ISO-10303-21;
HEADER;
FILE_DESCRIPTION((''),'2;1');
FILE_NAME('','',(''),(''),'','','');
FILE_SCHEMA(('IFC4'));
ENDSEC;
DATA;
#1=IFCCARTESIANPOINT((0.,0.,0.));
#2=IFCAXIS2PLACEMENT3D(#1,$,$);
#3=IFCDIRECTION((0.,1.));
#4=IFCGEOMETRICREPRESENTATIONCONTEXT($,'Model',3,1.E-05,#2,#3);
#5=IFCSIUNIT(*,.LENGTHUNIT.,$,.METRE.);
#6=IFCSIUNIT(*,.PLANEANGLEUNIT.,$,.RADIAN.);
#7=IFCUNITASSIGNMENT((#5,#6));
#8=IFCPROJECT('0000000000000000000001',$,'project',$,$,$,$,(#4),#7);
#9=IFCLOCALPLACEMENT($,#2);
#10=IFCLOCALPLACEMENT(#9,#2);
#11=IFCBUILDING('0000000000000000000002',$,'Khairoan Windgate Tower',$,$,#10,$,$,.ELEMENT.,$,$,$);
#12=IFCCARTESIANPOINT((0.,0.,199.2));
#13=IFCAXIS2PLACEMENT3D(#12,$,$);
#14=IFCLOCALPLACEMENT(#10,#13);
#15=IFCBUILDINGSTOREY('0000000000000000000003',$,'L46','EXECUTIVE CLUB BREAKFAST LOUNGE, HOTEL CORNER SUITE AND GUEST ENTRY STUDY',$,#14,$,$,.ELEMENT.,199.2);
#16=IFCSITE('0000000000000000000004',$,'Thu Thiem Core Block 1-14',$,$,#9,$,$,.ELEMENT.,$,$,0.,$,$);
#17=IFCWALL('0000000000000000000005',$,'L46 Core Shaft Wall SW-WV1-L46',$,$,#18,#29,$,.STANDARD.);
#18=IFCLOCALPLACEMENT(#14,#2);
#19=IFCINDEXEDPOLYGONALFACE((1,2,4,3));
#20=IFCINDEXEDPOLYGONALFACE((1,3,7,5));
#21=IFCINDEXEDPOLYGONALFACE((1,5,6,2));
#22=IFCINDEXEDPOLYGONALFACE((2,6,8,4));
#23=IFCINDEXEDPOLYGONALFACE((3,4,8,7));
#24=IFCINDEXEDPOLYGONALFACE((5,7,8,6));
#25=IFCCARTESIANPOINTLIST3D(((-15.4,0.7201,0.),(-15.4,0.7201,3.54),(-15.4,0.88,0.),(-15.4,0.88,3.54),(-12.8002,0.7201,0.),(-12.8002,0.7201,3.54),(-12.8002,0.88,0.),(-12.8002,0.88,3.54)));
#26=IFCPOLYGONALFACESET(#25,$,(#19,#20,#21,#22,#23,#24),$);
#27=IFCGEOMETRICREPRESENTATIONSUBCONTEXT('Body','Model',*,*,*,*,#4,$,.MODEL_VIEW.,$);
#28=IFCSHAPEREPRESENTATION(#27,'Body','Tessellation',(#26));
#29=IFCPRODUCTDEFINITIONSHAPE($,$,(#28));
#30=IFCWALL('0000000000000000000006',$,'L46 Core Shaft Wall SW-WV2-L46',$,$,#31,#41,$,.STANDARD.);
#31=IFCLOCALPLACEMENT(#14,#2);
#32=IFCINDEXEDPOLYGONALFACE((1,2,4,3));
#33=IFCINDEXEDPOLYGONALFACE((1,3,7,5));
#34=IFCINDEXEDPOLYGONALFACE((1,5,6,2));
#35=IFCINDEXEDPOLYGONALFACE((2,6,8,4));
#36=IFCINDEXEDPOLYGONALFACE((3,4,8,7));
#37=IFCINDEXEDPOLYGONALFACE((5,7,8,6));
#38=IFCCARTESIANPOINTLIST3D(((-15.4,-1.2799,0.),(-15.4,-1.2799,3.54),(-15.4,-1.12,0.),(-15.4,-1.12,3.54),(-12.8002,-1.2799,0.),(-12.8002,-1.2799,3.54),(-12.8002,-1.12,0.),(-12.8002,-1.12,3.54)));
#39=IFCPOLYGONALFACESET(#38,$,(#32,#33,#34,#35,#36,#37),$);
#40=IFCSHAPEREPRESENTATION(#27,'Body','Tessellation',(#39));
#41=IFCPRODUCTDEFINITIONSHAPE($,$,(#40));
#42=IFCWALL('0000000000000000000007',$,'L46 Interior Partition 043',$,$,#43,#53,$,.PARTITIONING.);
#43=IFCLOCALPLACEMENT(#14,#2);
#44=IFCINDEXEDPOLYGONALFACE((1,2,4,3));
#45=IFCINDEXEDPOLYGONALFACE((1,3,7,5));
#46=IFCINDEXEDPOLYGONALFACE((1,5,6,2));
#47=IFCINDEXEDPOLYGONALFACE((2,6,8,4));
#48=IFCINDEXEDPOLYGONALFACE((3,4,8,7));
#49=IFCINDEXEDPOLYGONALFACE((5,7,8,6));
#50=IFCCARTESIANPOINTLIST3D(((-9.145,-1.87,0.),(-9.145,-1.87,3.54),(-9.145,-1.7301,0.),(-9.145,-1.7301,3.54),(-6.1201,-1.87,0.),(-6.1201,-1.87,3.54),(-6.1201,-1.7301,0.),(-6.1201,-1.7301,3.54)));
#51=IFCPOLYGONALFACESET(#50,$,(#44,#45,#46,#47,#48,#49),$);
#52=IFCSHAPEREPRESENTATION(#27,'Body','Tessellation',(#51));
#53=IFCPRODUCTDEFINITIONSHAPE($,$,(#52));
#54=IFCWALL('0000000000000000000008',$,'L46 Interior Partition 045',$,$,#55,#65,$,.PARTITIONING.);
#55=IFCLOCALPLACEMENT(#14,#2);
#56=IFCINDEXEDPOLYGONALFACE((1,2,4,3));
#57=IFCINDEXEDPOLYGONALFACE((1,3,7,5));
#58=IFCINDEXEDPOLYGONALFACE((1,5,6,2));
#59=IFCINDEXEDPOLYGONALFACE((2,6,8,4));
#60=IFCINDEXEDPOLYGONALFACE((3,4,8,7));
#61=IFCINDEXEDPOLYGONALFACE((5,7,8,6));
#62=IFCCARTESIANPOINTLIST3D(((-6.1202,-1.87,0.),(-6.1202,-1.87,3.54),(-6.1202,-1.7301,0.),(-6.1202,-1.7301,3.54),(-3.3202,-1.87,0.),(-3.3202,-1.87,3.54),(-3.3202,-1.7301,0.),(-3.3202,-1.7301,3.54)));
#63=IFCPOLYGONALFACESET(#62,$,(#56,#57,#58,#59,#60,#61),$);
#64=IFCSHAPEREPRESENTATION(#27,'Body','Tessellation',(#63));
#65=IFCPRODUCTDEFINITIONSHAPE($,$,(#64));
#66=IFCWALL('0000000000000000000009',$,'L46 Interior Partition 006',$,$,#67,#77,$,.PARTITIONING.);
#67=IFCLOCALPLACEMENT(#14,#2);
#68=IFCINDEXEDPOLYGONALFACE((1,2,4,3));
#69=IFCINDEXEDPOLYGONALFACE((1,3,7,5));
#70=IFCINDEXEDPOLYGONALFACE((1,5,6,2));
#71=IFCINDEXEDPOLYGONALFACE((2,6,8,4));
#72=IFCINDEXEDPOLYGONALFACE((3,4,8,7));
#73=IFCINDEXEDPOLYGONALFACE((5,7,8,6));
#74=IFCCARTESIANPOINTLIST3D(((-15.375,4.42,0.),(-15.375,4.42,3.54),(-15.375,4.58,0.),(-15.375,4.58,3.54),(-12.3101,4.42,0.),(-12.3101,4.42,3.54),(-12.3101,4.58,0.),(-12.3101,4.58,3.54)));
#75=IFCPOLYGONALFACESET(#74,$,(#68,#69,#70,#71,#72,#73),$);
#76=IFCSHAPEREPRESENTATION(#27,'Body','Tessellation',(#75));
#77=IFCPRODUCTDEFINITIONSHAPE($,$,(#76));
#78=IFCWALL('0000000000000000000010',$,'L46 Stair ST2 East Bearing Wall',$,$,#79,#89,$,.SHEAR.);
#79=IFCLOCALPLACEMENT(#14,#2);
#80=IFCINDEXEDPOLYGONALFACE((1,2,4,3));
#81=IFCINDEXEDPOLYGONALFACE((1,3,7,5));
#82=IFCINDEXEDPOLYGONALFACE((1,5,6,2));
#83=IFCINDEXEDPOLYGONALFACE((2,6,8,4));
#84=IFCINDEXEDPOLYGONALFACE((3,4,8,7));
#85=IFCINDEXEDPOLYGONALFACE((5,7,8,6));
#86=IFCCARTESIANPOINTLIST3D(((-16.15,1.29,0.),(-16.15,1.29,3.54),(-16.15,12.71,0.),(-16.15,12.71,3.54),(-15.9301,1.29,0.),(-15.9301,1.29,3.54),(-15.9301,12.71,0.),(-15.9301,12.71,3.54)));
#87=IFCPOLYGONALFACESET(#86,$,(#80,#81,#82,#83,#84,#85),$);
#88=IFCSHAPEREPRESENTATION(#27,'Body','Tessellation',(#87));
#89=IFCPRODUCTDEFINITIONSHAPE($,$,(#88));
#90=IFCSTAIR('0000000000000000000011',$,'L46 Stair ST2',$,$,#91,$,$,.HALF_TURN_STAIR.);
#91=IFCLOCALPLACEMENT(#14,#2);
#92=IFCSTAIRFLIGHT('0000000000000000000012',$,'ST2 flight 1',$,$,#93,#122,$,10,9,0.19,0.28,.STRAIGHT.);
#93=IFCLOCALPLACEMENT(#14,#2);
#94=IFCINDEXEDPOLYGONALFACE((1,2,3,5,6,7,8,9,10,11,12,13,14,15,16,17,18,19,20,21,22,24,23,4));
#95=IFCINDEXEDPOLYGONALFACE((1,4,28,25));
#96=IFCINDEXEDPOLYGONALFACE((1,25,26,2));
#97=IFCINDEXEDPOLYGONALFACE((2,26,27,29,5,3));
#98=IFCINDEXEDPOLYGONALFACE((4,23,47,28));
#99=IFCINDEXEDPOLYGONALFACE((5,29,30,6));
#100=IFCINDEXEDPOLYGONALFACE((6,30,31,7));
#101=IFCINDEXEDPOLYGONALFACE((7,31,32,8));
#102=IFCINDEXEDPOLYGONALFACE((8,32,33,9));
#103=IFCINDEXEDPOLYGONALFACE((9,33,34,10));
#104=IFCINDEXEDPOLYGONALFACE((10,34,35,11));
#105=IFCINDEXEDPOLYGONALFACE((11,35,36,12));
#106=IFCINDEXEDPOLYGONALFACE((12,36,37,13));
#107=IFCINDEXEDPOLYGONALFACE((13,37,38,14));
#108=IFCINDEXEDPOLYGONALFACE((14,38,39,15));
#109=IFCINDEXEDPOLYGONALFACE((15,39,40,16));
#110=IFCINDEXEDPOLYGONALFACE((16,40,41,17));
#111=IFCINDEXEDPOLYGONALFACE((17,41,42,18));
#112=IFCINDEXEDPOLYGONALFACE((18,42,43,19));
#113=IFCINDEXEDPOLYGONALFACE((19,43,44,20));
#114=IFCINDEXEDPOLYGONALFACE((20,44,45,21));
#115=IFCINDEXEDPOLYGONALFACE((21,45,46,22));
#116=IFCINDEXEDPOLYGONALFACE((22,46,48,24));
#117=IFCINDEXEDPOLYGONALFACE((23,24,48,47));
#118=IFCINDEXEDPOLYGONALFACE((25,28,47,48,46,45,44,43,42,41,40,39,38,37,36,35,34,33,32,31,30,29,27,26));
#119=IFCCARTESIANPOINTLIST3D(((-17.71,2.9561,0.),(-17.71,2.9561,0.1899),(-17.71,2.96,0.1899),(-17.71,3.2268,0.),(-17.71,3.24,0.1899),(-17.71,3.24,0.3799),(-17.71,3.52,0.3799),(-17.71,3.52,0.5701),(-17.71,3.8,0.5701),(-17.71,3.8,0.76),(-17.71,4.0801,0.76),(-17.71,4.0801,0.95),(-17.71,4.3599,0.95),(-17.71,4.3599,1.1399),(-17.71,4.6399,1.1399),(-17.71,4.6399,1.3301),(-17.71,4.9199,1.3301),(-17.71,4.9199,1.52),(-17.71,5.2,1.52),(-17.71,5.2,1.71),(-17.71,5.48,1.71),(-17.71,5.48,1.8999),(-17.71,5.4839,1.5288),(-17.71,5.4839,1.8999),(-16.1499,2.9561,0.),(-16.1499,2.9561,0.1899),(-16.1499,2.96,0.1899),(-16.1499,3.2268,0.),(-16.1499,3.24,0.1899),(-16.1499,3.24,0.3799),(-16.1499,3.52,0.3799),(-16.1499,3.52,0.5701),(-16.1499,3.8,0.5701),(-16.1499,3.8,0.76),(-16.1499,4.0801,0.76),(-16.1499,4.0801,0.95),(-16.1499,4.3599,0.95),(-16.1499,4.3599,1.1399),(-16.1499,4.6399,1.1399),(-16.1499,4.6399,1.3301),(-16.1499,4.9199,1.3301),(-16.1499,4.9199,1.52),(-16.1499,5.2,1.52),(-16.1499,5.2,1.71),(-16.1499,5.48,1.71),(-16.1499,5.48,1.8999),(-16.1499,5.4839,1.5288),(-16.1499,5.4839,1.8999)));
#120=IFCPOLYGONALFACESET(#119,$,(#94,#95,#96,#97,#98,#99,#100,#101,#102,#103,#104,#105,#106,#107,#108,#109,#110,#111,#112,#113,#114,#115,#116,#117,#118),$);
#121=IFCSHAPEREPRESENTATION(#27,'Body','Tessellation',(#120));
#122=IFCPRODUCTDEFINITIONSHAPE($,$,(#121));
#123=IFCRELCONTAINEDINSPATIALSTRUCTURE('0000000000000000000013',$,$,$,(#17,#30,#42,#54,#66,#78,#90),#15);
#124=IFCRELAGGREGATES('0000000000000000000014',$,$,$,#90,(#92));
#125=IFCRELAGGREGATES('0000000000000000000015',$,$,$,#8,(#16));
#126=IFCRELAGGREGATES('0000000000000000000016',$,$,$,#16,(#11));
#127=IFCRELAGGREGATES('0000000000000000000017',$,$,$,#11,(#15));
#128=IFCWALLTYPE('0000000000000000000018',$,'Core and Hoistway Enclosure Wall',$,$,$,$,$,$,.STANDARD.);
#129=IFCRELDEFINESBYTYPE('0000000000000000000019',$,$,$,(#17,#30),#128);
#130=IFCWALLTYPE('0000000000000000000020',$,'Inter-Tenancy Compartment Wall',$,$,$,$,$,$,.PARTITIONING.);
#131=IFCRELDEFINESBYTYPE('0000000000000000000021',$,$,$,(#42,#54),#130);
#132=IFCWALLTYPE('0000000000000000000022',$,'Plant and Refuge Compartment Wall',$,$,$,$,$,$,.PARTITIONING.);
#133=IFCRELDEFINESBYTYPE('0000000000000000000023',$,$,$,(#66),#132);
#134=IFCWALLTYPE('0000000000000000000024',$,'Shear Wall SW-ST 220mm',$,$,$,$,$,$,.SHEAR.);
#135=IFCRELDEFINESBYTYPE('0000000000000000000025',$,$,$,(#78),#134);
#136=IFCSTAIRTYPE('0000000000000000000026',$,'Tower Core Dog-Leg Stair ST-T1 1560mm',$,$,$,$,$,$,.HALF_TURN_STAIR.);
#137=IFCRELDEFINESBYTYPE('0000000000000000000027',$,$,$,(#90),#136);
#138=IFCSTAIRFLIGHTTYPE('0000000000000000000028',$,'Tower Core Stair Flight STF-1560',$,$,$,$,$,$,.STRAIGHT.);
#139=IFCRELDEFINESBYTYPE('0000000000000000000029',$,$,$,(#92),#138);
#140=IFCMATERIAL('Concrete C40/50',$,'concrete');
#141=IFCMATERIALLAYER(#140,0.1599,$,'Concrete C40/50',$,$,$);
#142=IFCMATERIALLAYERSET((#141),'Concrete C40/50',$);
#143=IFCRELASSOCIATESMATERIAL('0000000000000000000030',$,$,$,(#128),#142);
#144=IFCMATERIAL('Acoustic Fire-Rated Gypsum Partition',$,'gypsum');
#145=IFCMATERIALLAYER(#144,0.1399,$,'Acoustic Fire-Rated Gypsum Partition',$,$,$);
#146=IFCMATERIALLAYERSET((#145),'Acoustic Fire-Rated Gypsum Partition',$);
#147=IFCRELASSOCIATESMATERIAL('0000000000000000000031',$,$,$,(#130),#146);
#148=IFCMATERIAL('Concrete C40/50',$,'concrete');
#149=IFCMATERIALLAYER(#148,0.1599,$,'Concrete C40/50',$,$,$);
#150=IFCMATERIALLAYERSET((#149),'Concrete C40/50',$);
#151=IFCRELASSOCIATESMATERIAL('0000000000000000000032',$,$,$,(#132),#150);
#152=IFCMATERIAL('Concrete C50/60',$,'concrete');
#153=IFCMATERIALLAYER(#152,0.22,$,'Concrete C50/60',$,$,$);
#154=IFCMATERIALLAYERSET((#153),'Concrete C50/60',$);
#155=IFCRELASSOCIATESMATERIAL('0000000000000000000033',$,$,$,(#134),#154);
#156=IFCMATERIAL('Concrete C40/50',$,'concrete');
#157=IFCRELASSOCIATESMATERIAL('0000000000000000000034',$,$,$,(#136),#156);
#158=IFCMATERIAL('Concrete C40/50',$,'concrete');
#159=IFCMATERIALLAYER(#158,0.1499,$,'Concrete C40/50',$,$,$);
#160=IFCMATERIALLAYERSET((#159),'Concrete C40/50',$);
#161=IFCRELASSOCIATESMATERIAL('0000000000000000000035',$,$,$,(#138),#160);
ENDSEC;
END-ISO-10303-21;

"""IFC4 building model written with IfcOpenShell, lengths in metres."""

from ifc_helpers import new_model, si_unit, direction, frame, frame_2d, origin, place, context, subcontext, project, spatial, polyline, rectangle, outline, extrude, material, layer, layer_set, type_object, element, aggregate, save


model = new_model("IFC4")

# Units and contexts
model_context = context("Model", 3, precision=1e-05, world=origin(), true_north=direction((0.0, 1.0)))
body_context = subcontext(model_context, "Body", "Model", "MODEL_VIEW")
ifc_project = project(units=[si_unit("LENGTHUNIT", "METRE"), si_unit("PLANEANGLEUNIT", "RADIAN")], contexts=[model_context])

# Site, building, storey
site_placement = place(None, origin())
site = spatial("IfcSite", under=ifc_project, at=site_placement, Name="Thu Thiem Core Block 1-14", CompositionType="ELEMENT", RefElevation=0.0)
building_placement = place(site_placement, origin())
building = spatial("IfcBuilding", under=site, at=building_placement, Name="Khairoan Windgate Tower", CompositionType="ELEMENT")
storey_placement = place(building_placement, frame((0.0, 0.0, 199.2)))
storey = spatial("IfcBuildingStorey", under=building, at=storey_placement, Name="L46", Description="EXECUTIVE CLUB BREAKFAST LOUNGE, HOTEL CORNER SUITE AND GUEST ENTRY STUDY", CompositionType="ELEMENT", Elevation=199.2)

# Walls
ifc_material_1 = material(Name="Concrete C40/50", Category="concrete")
ifc_layer_1 = layer(ifc_material_1, 0.1599, Name="Concrete C40/50")
ifc_layer_set_1 = layer_set([ifc_layer_1], Name="Concrete C40/50")
wall_type_1 = type_object("IfcWallType", Name="Core and Hoistway Enclosure Wall", PredefinedType="STANDARD", material=ifc_layer_set_1)
for number, where, z_axis, x_axis, name in (
    (1, (-15.3999, 0.8, 0.0), (0.0, 0.0, 1.0), (1.0, 0.0, 0.0), "L46 Core Shaft Wall SW-WV1-L46"),
    (2, (-15.3999, -1.2, 0.0), (0.0, 0.0, 1.0), (1.0, 0.0, 0.0), "L46 Core Shaft Wall SW-WV2-L46"),
):
    element("IfcWall", number, at=place(storey_placement, frame(where, z_axis=z_axis, x_axis=x_axis)), inside=storey, type_object=wall_type_1, Name=name, PredefinedType="STANDARD", context=body_context, shape_type="SweptSolid", body=[
        extrude(rectangle(XDim=2.5999, YDim=0.1599, at=frame_2d((1.2998, 0.0))), origin(), (0.0, 0.0, 1.0), 3.54),
    ])
ifc_material_2 = material(Name="Acoustic Fire-Rated Gypsum Partition", Category="gypsum")
ifc_layer_2 = layer(ifc_material_2, 0.1399, Name="Acoustic Fire-Rated Gypsum Partition")
ifc_layer_set_2 = layer_set([ifc_layer_2], Name="Acoustic Fire-Rated Gypsum Partition")
wall_type_2 = type_object("IfcWallType", Name="Inter-Tenancy Compartment Wall", PredefinedType="PARTITIONING", material=ifc_layer_set_2)
wall_1_placement = place(storey_placement, frame((-9.145, -1.8, 0.0), z_axis=(0.0, 0.0, 1.0), x_axis=(1.0, 0.0, 0.0)))
element("IfcWall", 3, at=wall_1_placement, inside=storey, type_object=wall_type_2, Name="L46 Interior Partition 043", PredefinedType="PARTITIONING", context=body_context, shape_type="SweptSolid", body=[
    extrude(rectangle(XDim=3.0249, YDim=0.1399, at=frame_2d((1.5125, 0.0))), origin(), (0.0, 0.0, 1.0), 3.54),
])
wall_2_placement = place(storey_placement, frame((-6.1201, -1.8, 0.0), z_axis=(0.0, 0.0, 1.0), x_axis=(1.0, 0.0, 0.0)))
element("IfcWall", 4, at=wall_2_placement, inside=storey, type_object=wall_type_2, Name="L46 Interior Partition 045", PredefinedType="PARTITIONING", context=body_context, shape_type="SweptSolid", body=[
    extrude(rectangle(XDim=2.8, YDim=0.1399, at=frame_2d((1.3999, 0.0))), origin(), (0.0, 0.0, 1.0), 3.54),
])
ifc_material_3 = material(Name="Concrete C40/50", Category="concrete")
ifc_layer_3 = layer(ifc_material_3, 0.1599, Name="Concrete C40/50")
ifc_layer_set_3 = layer_set([ifc_layer_3], Name="Concrete C40/50")
wall_type_3 = type_object("IfcWallType", Name="Plant and Refuge Compartment Wall", PredefinedType="PARTITIONING", material=ifc_layer_set_3)
wall_3_placement = place(storey_placement, frame((-15.375, 4.5, 0.0), z_axis=(0.0, 0.0, 1.0), x_axis=(1.0, 0.0, 0.0)))
element("IfcWall", 5, at=wall_3_placement, inside=storey, type_object=wall_type_3, Name="L46 Interior Partition 006", PredefinedType="PARTITIONING", context=body_context, shape_type="SweptSolid", body=[
    extrude(rectangle(XDim=3.0649, YDim=0.1599, at=frame_2d((1.5325, 0.0))), origin(), (0.0, 0.0, 1.0), 3.54),
])
ifc_material_4 = material(Name="Concrete C50/60", Category="concrete")
ifc_layer_4 = layer(ifc_material_4, 0.22, Name="Concrete C50/60")
ifc_layer_set_4 = layer_set([ifc_layer_4], Name="Concrete C50/60")
wall_type_4 = type_object("IfcWallType", Name="Shear Wall SW-ST 220mm", PredefinedType="SHEAR", material=ifc_layer_set_4)
wall_4_placement = place(storey_placement, frame((-16.04, 1.29, 0.0), z_axis=(0.0, 0.0, 1.0), x_axis=(0.0, 1.0, 0.0)))
element("IfcWall", 6, at=wall_4_placement, inside=storey, type_object=wall_type_4, Name="L46 Stair ST2 East Bearing Wall", PredefinedType="SHEAR", context=body_context, shape_type="SweptSolid", body=[
    extrude(rectangle(XDim=11.4199, YDim=0.22, at=frame_2d((5.71, 0.0))), origin(), (0.0, 0.0, 1.0), 3.54),
])

# Stair, stair flight
ifc_material_5 = material(Name="Concrete C40/50", Category="concrete")
stair_type = type_object("IfcStairType", Name="Tower Core Dog-Leg Stair ST-T1 1560mm", PredefinedType="HALF_TURN_STAIR", material=ifc_material_5)
stair_placement = place(storey_placement, origin())
stair = element("IfcStair", 7, at=stair_placement, inside=storey, type_object=stair_type, Name="L46 Stair ST2", PredefinedType="HALF_TURN_STAIR")
ifc_material_6 = material(Name="Concrete C40/50", Category="concrete")
ifc_layer_5 = layer(ifc_material_6, 0.1499, Name="Concrete C40/50")
ifc_layer_set_5 = layer_set([ifc_layer_5], Name="Concrete C40/50")
stair_flight_type = type_object("IfcStairFlightType", Name="Tower Core Stair Flight STF-1560", PredefinedType="STRAIGHT", material=ifc_layer_set_5)
stair_flight_placement = place(storey_placement, frame((-16.9299, 2.96, 0.0), z_axis=(0.0, 0.0, 1.0), x_axis=(0.0, 1.0, 0.0)))
stair_flight = element("IfcStairFlight", 8, at=stair_flight_placement, type_object=stair_flight_type, Name="ST2 flight 1", NumberOfRisers=10, NumberOfTreads=9, PredefinedType="STRAIGHT", RiserHeight=0.19, TreadLength=0.28, context=body_context, shape_type="SweptSolid", body=[
    extrude(outline(polyline([(-0.0039, 0.0), (-0.0039, 0.1899), (0.0, 0.1899), (0.28, 0.1899), (0.28, 0.3799), (0.5601, 0.3799), (0.5601, 0.5701), (0.8401, 0.5701), (0.8401, 0.76), (1.1201, 0.76), (1.1201, 0.95), (1.3999, 0.95), (1.3999, 1.1399), (1.6799, 1.1399), (1.6799, 1.3301), (1.96, 1.3301), (1.96, 1.52), (2.24, 1.52), (2.24, 1.71), (2.52, 1.71), (2.52, 1.8999), (2.5239, 1.8999), (2.5239, 1.5288), (0.2668, 0.0), (-0.0039, 0.0)])), frame((0.0, 0.78, 0.0), z_axis=(0.0, -1.0, 0.0), x_axis=(1.0, 0.0, 0.0)), (0.0, 0.0, 1.0), 1.5601),
])
aggregate(stair, [stair_flight])

save(model, "model.ifc")
